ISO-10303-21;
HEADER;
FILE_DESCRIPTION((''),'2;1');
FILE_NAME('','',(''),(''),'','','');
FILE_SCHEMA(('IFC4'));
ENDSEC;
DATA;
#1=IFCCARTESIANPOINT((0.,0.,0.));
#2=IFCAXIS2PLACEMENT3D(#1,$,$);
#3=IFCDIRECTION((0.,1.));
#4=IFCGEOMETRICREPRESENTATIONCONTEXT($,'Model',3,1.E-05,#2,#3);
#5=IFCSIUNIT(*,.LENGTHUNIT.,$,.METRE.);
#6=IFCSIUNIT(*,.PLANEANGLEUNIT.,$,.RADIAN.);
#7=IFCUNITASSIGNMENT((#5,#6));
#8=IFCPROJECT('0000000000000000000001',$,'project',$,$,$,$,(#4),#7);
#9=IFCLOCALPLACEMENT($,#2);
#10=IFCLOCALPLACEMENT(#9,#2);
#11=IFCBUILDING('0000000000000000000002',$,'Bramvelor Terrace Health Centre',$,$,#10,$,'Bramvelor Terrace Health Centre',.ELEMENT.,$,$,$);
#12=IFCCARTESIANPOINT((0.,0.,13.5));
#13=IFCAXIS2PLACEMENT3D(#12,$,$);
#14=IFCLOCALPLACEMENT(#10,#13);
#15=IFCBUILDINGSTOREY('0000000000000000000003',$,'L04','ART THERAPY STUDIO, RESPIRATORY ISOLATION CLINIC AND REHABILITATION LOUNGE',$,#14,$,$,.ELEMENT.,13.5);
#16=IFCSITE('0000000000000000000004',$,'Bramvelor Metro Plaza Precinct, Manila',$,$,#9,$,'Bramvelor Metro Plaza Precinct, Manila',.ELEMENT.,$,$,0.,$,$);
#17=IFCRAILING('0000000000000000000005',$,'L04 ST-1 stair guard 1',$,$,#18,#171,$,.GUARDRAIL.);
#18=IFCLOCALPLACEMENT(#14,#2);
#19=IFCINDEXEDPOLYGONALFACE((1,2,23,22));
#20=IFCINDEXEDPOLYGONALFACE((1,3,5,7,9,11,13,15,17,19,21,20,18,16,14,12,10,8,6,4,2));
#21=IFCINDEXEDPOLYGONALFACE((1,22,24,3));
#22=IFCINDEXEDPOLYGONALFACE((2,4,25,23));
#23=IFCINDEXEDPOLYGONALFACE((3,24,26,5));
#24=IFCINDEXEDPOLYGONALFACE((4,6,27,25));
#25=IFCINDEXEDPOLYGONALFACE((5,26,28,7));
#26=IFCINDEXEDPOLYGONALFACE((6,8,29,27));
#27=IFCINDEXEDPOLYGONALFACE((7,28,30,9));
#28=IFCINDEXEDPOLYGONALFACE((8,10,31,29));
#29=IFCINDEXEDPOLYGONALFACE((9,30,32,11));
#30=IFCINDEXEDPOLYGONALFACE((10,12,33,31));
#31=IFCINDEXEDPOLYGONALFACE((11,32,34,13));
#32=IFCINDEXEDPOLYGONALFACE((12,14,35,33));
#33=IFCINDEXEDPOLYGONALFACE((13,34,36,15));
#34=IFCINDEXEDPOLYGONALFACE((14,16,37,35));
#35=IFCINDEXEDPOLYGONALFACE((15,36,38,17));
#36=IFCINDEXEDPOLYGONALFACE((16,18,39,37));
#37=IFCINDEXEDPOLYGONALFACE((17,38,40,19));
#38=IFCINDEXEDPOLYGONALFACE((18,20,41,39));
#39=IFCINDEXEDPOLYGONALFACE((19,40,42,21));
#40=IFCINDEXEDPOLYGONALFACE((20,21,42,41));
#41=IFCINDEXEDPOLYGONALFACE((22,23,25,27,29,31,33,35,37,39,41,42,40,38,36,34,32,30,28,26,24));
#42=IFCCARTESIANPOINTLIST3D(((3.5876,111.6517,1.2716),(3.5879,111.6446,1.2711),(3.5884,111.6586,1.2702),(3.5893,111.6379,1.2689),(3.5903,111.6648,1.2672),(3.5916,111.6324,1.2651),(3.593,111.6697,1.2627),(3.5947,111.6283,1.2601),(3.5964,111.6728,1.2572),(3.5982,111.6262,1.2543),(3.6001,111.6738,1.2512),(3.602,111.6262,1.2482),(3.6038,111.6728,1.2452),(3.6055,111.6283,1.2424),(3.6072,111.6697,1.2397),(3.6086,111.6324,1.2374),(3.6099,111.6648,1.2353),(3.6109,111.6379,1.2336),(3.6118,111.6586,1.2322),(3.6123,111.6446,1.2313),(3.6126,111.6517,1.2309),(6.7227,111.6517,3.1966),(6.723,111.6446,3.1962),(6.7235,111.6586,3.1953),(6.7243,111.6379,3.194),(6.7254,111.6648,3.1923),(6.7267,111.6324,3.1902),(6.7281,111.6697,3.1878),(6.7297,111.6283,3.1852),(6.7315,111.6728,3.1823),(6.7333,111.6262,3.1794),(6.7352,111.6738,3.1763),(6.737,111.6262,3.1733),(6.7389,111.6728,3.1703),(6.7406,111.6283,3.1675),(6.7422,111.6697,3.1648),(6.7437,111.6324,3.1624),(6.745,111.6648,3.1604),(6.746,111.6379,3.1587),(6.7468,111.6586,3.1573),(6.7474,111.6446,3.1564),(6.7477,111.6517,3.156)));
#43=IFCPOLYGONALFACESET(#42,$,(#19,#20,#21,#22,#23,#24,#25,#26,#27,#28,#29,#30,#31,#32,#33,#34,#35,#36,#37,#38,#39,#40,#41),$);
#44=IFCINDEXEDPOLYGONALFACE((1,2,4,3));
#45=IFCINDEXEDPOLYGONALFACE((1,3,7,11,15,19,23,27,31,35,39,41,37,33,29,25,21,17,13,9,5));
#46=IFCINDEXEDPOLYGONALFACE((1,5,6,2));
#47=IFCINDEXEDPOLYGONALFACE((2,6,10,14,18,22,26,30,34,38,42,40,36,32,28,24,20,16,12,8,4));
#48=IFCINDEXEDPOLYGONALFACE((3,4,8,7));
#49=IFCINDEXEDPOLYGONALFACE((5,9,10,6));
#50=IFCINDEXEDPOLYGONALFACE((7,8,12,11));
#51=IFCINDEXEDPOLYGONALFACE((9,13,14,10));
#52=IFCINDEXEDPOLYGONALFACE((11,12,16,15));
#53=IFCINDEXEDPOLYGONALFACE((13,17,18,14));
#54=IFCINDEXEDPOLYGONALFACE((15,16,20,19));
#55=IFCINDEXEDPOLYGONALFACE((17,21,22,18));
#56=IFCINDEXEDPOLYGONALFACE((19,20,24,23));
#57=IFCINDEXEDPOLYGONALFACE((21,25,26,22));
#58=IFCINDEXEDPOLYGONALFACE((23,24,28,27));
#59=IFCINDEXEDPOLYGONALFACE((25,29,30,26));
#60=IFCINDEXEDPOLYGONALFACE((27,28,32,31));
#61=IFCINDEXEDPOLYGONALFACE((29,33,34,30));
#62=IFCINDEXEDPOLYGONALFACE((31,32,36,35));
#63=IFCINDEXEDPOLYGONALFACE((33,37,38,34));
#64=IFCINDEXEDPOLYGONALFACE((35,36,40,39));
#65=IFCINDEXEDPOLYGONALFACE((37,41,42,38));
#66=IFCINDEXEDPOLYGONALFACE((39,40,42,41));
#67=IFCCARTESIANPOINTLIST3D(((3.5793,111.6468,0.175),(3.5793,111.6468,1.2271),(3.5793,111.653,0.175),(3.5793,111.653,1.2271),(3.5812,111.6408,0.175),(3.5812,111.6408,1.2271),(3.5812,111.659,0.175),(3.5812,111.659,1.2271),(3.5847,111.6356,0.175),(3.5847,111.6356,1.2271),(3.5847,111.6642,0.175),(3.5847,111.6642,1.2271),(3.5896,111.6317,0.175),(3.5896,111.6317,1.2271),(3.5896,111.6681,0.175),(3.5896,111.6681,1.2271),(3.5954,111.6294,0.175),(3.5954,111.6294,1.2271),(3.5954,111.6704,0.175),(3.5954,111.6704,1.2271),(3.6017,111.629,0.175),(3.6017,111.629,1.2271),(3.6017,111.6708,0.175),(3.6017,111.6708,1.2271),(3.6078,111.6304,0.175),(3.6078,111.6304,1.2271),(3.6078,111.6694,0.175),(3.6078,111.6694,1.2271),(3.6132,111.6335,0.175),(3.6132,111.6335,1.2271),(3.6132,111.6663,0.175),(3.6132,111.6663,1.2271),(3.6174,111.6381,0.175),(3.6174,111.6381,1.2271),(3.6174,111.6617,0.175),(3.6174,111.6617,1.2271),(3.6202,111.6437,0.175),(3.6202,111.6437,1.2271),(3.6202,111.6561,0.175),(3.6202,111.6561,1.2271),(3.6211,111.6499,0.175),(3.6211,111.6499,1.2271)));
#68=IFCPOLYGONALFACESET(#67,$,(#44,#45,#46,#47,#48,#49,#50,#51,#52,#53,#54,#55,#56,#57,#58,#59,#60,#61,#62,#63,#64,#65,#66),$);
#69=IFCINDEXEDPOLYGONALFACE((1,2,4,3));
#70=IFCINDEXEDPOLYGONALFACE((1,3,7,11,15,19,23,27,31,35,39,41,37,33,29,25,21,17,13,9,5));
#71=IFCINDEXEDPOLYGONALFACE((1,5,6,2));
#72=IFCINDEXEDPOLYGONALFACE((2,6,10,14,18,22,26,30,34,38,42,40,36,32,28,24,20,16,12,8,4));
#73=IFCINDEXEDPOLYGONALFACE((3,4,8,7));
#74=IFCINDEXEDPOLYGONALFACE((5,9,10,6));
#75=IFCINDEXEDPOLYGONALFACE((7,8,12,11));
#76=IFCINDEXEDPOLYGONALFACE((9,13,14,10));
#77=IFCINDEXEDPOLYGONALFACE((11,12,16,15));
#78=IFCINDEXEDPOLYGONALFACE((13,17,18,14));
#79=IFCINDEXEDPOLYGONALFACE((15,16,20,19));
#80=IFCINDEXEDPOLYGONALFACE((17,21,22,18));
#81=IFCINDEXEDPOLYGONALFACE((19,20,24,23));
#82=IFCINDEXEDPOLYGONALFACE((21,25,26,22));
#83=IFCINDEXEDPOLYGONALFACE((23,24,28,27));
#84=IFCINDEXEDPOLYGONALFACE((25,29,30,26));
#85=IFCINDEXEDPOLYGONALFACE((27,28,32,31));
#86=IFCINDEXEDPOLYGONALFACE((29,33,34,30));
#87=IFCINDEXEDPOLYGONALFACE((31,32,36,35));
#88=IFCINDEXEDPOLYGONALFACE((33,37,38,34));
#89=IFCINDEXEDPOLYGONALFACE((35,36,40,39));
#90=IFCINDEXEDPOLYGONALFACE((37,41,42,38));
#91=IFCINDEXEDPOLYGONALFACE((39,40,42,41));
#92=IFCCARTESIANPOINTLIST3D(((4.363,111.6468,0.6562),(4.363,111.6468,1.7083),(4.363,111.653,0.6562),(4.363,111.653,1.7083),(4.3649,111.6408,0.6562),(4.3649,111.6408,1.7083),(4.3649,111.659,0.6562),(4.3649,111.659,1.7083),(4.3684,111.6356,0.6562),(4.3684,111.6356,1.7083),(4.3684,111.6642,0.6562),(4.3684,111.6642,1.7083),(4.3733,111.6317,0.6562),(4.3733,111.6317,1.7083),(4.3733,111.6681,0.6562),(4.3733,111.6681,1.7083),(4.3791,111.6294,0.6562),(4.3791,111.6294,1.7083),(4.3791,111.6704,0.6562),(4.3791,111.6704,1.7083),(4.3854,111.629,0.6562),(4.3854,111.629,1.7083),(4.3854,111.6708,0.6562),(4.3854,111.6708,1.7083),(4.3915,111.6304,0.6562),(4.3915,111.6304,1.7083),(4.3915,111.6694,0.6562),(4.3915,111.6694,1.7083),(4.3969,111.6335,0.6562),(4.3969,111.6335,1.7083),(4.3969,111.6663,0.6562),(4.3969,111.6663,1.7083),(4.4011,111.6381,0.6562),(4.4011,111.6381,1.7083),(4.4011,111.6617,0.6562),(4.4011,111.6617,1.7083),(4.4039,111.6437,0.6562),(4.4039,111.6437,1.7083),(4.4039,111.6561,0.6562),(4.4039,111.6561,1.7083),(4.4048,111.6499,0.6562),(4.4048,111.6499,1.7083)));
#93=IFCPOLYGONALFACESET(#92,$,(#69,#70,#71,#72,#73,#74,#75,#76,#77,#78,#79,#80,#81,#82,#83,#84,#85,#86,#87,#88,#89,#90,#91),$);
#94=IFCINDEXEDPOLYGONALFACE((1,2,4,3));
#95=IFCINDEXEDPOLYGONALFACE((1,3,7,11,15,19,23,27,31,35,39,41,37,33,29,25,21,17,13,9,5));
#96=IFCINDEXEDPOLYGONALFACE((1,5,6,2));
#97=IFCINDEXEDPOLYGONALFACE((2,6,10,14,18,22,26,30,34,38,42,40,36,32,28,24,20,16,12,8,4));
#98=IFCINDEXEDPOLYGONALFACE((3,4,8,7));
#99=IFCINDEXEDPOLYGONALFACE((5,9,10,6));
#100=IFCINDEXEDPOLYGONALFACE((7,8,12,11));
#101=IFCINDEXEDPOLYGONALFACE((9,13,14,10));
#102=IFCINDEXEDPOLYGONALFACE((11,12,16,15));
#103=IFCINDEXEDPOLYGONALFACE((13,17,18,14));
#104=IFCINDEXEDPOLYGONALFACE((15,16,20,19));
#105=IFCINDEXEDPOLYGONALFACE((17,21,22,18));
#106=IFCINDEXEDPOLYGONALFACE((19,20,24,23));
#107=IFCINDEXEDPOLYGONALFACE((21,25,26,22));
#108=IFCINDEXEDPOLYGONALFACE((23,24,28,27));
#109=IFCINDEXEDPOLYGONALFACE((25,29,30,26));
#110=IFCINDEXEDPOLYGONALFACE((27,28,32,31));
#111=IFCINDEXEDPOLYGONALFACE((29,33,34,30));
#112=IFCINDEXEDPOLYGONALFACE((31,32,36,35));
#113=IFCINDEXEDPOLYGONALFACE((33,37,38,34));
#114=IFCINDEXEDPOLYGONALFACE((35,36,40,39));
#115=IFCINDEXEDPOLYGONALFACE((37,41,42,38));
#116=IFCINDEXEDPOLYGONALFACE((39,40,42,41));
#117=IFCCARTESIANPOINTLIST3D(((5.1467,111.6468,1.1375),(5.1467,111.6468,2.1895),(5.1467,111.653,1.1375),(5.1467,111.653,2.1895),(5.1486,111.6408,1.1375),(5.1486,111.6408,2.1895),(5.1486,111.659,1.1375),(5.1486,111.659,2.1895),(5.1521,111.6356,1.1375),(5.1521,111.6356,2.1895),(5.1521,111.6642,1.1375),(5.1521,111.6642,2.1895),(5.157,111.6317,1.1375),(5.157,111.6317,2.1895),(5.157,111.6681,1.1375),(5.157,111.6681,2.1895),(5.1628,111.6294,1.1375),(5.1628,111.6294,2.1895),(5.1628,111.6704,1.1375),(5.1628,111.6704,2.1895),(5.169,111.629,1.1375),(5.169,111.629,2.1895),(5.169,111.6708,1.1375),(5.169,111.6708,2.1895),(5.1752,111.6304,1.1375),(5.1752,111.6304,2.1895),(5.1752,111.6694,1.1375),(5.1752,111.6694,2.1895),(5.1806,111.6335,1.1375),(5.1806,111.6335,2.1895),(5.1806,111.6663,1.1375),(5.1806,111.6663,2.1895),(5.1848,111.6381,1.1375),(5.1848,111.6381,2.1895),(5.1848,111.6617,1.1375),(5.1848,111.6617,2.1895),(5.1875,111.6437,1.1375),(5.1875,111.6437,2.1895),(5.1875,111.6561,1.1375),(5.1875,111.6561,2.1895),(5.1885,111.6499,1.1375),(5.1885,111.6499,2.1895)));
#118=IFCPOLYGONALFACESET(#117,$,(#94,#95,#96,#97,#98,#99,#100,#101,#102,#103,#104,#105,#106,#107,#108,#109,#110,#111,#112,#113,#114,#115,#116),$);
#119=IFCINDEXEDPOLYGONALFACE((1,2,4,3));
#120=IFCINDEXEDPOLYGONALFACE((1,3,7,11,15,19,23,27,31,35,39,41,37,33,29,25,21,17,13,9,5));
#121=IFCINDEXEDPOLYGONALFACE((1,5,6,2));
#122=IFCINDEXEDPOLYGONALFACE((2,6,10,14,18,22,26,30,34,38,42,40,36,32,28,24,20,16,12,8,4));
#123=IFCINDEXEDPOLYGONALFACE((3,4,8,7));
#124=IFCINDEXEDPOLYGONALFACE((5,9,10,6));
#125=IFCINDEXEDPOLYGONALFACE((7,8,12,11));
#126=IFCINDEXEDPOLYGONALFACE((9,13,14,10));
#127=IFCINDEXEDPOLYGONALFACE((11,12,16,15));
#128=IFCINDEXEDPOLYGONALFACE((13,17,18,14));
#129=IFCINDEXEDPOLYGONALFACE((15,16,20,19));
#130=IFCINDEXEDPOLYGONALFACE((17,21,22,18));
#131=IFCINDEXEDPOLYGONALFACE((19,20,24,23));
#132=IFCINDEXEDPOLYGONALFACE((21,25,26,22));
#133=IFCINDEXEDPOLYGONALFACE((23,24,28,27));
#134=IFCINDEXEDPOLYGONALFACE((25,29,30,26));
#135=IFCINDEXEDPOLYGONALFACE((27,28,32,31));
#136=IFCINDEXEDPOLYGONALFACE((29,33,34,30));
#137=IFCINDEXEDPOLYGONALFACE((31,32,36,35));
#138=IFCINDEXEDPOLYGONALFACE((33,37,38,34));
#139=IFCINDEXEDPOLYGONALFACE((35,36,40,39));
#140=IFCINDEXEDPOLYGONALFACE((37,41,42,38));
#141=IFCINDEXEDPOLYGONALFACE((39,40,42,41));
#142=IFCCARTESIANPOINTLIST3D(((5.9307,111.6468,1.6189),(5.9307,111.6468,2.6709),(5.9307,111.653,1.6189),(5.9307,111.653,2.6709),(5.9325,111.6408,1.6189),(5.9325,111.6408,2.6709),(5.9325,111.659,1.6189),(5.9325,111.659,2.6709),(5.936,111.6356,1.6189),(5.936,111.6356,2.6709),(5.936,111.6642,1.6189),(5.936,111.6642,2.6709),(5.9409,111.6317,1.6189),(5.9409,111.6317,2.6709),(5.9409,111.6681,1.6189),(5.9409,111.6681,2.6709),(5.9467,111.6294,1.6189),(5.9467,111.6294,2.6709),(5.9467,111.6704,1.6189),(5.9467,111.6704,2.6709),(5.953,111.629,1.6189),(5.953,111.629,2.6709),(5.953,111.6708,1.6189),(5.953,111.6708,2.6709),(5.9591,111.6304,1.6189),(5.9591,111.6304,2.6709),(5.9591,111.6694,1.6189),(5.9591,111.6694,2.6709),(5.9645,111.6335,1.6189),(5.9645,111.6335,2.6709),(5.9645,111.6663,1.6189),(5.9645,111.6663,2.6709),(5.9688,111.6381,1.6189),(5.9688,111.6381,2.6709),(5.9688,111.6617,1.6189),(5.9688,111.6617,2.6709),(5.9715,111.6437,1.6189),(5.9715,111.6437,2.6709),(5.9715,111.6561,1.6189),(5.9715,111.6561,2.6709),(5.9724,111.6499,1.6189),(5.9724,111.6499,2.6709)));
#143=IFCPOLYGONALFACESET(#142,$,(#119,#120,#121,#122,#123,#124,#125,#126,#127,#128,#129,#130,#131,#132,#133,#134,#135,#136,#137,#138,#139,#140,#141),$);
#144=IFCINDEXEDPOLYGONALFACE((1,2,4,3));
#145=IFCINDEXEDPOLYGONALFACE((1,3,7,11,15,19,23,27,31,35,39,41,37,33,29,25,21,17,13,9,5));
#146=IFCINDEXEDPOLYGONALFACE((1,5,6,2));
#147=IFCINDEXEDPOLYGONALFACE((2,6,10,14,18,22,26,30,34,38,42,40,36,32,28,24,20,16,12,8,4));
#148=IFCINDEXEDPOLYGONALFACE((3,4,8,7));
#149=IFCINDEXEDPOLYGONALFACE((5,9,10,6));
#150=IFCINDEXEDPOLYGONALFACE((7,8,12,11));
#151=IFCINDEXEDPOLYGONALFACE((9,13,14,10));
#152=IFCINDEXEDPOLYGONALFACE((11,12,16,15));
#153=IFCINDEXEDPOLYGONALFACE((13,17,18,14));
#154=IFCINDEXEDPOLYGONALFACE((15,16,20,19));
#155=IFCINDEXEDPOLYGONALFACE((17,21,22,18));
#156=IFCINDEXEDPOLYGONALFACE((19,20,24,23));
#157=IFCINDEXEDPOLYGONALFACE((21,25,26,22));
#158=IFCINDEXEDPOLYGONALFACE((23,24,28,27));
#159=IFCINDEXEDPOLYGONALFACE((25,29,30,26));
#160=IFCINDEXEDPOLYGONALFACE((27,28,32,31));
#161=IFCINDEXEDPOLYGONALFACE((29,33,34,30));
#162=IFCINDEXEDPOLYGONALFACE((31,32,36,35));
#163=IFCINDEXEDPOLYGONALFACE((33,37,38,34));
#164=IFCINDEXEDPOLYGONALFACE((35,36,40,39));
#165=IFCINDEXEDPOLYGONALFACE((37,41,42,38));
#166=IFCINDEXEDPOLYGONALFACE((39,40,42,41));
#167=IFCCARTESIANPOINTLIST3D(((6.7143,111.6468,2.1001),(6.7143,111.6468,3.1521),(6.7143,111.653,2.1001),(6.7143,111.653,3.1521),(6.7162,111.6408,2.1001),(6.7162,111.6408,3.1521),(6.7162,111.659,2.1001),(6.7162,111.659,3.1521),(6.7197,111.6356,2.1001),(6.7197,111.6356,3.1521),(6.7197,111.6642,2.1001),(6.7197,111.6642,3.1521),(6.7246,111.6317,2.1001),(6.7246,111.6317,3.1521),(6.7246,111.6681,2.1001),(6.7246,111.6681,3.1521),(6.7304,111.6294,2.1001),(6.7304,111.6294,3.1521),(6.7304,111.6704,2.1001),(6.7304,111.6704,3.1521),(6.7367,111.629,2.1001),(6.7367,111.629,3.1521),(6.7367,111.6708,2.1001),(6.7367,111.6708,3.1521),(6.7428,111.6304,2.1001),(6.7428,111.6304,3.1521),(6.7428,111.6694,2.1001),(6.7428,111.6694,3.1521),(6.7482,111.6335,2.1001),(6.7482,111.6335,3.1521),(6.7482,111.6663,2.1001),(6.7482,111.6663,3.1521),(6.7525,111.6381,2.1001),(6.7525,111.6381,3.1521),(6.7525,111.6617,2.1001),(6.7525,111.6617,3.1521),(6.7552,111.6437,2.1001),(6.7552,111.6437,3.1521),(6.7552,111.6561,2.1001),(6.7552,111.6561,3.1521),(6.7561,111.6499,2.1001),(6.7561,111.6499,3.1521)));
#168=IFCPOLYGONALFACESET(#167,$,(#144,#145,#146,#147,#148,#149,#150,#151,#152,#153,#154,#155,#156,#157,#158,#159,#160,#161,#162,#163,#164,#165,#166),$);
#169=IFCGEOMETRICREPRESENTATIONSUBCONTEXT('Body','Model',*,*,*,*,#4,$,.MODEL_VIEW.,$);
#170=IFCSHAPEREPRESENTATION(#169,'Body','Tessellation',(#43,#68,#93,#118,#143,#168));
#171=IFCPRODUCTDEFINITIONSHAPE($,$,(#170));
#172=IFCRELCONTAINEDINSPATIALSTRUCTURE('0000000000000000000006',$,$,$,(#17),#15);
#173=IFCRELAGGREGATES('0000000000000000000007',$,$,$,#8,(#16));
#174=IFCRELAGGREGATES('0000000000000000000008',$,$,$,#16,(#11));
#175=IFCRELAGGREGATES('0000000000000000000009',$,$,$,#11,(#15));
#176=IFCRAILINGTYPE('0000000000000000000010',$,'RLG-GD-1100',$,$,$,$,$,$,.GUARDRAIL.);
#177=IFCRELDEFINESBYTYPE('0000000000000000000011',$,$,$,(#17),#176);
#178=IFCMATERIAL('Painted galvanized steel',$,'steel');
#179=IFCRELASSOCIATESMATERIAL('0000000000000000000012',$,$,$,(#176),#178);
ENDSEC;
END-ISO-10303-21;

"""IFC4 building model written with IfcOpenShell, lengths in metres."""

from ifc_helpers import new_model, si_unit, direction, frame, origin, origin_2d, place, context, subcontext, project, spatial, circle, extrude, material, type_object, element, save


model = new_model("IFC4")

# Units and contexts
model_context = context("Model", 3, precision=1e-05, world=origin(), true_north=direction((0.0, 1.0)))
body_context = subcontext(model_context, "Body", "Model", "MODEL_VIEW")
ifc_project = project(units=[si_unit("LENGTHUNIT", "METRE"), si_unit("PLANEANGLEUNIT", "RADIAN")], contexts=[model_context])

# Site, building, storey
site_placement = place(None, origin())
site = spatial("IfcSite", under=ifc_project, at=site_placement, Name="Bramvelor Metro Plaza Precinct, Manila", LongName="Bramvelor Metro Plaza Precinct, Manila", CompositionType="ELEMENT", RefElevation=0.0)
building_placement = place(site_placement, origin())
building = spatial("IfcBuilding", under=site, at=building_placement, Name="Bramvelor Terrace Health Centre", LongName="Bramvelor Terrace Health Centre", CompositionType="ELEMENT")
storey_placement = place(building_placement, frame((0.0, 0.0, 13.5)))
storey = spatial("IfcBuildingStorey", under=building, at=storey_placement, Name="L04", Description="ART THERAPY STUDIO, RESPIRATORY ISOLATION CLINIC AND REHABILITATION LOUNGE", CompositionType="ELEMENT", Elevation=13.5)

# Railing
ifc_material_1 = material(Name="Painted galvanized steel", Category="steel")
railing_type_1 = type_object("IfcRailingType", Name="RLG-GD-1100", PredefinedType="GUARDRAIL", material=ifc_material_1)
railing_1_placement = place(storey_placement, frame((3.6001, 111.6499, 0.175)))
element("IfcRailing", 1, at=railing_1_placement, inside=storey, type_object=railing_type_1, Name="L04 ST-1 stair guard 1", PredefinedType="GUARDRAIL", context=body_context, shape_type="SweptSolid", body=[
    extrude(circle(Radius=0.0239, at=origin_2d()), frame((0.0, 0.0, 1.0762), z_axis=(0.852166, 0.0, 0.523271), x_axis=(0.0, 1.0, 0.0)), (0.0, 0.0, 1.0), 3.679),
    extrude(circle(Radius=0.021, at=origin_2d()), origin(), (0.0, 0.0, 1.0), 1.052),
    extrude(circle(Radius=0.021, at=origin_2d()), frame((0.7837, 0.0, 0.4812)), (0.0, 0.0, 1.0), 1.052),
    extrude(circle(Radius=0.021, at=origin_2d()), frame((1.5674, 0.0, 0.9624)), (0.0, 0.0, 1.0), 1.052),
    extrude(circle(Radius=0.021, at=origin_2d()), frame((2.3513, 0.0, 1.4438)), (0.0, 0.0, 1.0), 1.052),
    extrude(circle(Radius=0.021, at=origin_2d()), frame((3.135, 0.0, 1.925)), (0.0, 0.0, 1.0), 1.052),
])

save(model, "model.ifc")
